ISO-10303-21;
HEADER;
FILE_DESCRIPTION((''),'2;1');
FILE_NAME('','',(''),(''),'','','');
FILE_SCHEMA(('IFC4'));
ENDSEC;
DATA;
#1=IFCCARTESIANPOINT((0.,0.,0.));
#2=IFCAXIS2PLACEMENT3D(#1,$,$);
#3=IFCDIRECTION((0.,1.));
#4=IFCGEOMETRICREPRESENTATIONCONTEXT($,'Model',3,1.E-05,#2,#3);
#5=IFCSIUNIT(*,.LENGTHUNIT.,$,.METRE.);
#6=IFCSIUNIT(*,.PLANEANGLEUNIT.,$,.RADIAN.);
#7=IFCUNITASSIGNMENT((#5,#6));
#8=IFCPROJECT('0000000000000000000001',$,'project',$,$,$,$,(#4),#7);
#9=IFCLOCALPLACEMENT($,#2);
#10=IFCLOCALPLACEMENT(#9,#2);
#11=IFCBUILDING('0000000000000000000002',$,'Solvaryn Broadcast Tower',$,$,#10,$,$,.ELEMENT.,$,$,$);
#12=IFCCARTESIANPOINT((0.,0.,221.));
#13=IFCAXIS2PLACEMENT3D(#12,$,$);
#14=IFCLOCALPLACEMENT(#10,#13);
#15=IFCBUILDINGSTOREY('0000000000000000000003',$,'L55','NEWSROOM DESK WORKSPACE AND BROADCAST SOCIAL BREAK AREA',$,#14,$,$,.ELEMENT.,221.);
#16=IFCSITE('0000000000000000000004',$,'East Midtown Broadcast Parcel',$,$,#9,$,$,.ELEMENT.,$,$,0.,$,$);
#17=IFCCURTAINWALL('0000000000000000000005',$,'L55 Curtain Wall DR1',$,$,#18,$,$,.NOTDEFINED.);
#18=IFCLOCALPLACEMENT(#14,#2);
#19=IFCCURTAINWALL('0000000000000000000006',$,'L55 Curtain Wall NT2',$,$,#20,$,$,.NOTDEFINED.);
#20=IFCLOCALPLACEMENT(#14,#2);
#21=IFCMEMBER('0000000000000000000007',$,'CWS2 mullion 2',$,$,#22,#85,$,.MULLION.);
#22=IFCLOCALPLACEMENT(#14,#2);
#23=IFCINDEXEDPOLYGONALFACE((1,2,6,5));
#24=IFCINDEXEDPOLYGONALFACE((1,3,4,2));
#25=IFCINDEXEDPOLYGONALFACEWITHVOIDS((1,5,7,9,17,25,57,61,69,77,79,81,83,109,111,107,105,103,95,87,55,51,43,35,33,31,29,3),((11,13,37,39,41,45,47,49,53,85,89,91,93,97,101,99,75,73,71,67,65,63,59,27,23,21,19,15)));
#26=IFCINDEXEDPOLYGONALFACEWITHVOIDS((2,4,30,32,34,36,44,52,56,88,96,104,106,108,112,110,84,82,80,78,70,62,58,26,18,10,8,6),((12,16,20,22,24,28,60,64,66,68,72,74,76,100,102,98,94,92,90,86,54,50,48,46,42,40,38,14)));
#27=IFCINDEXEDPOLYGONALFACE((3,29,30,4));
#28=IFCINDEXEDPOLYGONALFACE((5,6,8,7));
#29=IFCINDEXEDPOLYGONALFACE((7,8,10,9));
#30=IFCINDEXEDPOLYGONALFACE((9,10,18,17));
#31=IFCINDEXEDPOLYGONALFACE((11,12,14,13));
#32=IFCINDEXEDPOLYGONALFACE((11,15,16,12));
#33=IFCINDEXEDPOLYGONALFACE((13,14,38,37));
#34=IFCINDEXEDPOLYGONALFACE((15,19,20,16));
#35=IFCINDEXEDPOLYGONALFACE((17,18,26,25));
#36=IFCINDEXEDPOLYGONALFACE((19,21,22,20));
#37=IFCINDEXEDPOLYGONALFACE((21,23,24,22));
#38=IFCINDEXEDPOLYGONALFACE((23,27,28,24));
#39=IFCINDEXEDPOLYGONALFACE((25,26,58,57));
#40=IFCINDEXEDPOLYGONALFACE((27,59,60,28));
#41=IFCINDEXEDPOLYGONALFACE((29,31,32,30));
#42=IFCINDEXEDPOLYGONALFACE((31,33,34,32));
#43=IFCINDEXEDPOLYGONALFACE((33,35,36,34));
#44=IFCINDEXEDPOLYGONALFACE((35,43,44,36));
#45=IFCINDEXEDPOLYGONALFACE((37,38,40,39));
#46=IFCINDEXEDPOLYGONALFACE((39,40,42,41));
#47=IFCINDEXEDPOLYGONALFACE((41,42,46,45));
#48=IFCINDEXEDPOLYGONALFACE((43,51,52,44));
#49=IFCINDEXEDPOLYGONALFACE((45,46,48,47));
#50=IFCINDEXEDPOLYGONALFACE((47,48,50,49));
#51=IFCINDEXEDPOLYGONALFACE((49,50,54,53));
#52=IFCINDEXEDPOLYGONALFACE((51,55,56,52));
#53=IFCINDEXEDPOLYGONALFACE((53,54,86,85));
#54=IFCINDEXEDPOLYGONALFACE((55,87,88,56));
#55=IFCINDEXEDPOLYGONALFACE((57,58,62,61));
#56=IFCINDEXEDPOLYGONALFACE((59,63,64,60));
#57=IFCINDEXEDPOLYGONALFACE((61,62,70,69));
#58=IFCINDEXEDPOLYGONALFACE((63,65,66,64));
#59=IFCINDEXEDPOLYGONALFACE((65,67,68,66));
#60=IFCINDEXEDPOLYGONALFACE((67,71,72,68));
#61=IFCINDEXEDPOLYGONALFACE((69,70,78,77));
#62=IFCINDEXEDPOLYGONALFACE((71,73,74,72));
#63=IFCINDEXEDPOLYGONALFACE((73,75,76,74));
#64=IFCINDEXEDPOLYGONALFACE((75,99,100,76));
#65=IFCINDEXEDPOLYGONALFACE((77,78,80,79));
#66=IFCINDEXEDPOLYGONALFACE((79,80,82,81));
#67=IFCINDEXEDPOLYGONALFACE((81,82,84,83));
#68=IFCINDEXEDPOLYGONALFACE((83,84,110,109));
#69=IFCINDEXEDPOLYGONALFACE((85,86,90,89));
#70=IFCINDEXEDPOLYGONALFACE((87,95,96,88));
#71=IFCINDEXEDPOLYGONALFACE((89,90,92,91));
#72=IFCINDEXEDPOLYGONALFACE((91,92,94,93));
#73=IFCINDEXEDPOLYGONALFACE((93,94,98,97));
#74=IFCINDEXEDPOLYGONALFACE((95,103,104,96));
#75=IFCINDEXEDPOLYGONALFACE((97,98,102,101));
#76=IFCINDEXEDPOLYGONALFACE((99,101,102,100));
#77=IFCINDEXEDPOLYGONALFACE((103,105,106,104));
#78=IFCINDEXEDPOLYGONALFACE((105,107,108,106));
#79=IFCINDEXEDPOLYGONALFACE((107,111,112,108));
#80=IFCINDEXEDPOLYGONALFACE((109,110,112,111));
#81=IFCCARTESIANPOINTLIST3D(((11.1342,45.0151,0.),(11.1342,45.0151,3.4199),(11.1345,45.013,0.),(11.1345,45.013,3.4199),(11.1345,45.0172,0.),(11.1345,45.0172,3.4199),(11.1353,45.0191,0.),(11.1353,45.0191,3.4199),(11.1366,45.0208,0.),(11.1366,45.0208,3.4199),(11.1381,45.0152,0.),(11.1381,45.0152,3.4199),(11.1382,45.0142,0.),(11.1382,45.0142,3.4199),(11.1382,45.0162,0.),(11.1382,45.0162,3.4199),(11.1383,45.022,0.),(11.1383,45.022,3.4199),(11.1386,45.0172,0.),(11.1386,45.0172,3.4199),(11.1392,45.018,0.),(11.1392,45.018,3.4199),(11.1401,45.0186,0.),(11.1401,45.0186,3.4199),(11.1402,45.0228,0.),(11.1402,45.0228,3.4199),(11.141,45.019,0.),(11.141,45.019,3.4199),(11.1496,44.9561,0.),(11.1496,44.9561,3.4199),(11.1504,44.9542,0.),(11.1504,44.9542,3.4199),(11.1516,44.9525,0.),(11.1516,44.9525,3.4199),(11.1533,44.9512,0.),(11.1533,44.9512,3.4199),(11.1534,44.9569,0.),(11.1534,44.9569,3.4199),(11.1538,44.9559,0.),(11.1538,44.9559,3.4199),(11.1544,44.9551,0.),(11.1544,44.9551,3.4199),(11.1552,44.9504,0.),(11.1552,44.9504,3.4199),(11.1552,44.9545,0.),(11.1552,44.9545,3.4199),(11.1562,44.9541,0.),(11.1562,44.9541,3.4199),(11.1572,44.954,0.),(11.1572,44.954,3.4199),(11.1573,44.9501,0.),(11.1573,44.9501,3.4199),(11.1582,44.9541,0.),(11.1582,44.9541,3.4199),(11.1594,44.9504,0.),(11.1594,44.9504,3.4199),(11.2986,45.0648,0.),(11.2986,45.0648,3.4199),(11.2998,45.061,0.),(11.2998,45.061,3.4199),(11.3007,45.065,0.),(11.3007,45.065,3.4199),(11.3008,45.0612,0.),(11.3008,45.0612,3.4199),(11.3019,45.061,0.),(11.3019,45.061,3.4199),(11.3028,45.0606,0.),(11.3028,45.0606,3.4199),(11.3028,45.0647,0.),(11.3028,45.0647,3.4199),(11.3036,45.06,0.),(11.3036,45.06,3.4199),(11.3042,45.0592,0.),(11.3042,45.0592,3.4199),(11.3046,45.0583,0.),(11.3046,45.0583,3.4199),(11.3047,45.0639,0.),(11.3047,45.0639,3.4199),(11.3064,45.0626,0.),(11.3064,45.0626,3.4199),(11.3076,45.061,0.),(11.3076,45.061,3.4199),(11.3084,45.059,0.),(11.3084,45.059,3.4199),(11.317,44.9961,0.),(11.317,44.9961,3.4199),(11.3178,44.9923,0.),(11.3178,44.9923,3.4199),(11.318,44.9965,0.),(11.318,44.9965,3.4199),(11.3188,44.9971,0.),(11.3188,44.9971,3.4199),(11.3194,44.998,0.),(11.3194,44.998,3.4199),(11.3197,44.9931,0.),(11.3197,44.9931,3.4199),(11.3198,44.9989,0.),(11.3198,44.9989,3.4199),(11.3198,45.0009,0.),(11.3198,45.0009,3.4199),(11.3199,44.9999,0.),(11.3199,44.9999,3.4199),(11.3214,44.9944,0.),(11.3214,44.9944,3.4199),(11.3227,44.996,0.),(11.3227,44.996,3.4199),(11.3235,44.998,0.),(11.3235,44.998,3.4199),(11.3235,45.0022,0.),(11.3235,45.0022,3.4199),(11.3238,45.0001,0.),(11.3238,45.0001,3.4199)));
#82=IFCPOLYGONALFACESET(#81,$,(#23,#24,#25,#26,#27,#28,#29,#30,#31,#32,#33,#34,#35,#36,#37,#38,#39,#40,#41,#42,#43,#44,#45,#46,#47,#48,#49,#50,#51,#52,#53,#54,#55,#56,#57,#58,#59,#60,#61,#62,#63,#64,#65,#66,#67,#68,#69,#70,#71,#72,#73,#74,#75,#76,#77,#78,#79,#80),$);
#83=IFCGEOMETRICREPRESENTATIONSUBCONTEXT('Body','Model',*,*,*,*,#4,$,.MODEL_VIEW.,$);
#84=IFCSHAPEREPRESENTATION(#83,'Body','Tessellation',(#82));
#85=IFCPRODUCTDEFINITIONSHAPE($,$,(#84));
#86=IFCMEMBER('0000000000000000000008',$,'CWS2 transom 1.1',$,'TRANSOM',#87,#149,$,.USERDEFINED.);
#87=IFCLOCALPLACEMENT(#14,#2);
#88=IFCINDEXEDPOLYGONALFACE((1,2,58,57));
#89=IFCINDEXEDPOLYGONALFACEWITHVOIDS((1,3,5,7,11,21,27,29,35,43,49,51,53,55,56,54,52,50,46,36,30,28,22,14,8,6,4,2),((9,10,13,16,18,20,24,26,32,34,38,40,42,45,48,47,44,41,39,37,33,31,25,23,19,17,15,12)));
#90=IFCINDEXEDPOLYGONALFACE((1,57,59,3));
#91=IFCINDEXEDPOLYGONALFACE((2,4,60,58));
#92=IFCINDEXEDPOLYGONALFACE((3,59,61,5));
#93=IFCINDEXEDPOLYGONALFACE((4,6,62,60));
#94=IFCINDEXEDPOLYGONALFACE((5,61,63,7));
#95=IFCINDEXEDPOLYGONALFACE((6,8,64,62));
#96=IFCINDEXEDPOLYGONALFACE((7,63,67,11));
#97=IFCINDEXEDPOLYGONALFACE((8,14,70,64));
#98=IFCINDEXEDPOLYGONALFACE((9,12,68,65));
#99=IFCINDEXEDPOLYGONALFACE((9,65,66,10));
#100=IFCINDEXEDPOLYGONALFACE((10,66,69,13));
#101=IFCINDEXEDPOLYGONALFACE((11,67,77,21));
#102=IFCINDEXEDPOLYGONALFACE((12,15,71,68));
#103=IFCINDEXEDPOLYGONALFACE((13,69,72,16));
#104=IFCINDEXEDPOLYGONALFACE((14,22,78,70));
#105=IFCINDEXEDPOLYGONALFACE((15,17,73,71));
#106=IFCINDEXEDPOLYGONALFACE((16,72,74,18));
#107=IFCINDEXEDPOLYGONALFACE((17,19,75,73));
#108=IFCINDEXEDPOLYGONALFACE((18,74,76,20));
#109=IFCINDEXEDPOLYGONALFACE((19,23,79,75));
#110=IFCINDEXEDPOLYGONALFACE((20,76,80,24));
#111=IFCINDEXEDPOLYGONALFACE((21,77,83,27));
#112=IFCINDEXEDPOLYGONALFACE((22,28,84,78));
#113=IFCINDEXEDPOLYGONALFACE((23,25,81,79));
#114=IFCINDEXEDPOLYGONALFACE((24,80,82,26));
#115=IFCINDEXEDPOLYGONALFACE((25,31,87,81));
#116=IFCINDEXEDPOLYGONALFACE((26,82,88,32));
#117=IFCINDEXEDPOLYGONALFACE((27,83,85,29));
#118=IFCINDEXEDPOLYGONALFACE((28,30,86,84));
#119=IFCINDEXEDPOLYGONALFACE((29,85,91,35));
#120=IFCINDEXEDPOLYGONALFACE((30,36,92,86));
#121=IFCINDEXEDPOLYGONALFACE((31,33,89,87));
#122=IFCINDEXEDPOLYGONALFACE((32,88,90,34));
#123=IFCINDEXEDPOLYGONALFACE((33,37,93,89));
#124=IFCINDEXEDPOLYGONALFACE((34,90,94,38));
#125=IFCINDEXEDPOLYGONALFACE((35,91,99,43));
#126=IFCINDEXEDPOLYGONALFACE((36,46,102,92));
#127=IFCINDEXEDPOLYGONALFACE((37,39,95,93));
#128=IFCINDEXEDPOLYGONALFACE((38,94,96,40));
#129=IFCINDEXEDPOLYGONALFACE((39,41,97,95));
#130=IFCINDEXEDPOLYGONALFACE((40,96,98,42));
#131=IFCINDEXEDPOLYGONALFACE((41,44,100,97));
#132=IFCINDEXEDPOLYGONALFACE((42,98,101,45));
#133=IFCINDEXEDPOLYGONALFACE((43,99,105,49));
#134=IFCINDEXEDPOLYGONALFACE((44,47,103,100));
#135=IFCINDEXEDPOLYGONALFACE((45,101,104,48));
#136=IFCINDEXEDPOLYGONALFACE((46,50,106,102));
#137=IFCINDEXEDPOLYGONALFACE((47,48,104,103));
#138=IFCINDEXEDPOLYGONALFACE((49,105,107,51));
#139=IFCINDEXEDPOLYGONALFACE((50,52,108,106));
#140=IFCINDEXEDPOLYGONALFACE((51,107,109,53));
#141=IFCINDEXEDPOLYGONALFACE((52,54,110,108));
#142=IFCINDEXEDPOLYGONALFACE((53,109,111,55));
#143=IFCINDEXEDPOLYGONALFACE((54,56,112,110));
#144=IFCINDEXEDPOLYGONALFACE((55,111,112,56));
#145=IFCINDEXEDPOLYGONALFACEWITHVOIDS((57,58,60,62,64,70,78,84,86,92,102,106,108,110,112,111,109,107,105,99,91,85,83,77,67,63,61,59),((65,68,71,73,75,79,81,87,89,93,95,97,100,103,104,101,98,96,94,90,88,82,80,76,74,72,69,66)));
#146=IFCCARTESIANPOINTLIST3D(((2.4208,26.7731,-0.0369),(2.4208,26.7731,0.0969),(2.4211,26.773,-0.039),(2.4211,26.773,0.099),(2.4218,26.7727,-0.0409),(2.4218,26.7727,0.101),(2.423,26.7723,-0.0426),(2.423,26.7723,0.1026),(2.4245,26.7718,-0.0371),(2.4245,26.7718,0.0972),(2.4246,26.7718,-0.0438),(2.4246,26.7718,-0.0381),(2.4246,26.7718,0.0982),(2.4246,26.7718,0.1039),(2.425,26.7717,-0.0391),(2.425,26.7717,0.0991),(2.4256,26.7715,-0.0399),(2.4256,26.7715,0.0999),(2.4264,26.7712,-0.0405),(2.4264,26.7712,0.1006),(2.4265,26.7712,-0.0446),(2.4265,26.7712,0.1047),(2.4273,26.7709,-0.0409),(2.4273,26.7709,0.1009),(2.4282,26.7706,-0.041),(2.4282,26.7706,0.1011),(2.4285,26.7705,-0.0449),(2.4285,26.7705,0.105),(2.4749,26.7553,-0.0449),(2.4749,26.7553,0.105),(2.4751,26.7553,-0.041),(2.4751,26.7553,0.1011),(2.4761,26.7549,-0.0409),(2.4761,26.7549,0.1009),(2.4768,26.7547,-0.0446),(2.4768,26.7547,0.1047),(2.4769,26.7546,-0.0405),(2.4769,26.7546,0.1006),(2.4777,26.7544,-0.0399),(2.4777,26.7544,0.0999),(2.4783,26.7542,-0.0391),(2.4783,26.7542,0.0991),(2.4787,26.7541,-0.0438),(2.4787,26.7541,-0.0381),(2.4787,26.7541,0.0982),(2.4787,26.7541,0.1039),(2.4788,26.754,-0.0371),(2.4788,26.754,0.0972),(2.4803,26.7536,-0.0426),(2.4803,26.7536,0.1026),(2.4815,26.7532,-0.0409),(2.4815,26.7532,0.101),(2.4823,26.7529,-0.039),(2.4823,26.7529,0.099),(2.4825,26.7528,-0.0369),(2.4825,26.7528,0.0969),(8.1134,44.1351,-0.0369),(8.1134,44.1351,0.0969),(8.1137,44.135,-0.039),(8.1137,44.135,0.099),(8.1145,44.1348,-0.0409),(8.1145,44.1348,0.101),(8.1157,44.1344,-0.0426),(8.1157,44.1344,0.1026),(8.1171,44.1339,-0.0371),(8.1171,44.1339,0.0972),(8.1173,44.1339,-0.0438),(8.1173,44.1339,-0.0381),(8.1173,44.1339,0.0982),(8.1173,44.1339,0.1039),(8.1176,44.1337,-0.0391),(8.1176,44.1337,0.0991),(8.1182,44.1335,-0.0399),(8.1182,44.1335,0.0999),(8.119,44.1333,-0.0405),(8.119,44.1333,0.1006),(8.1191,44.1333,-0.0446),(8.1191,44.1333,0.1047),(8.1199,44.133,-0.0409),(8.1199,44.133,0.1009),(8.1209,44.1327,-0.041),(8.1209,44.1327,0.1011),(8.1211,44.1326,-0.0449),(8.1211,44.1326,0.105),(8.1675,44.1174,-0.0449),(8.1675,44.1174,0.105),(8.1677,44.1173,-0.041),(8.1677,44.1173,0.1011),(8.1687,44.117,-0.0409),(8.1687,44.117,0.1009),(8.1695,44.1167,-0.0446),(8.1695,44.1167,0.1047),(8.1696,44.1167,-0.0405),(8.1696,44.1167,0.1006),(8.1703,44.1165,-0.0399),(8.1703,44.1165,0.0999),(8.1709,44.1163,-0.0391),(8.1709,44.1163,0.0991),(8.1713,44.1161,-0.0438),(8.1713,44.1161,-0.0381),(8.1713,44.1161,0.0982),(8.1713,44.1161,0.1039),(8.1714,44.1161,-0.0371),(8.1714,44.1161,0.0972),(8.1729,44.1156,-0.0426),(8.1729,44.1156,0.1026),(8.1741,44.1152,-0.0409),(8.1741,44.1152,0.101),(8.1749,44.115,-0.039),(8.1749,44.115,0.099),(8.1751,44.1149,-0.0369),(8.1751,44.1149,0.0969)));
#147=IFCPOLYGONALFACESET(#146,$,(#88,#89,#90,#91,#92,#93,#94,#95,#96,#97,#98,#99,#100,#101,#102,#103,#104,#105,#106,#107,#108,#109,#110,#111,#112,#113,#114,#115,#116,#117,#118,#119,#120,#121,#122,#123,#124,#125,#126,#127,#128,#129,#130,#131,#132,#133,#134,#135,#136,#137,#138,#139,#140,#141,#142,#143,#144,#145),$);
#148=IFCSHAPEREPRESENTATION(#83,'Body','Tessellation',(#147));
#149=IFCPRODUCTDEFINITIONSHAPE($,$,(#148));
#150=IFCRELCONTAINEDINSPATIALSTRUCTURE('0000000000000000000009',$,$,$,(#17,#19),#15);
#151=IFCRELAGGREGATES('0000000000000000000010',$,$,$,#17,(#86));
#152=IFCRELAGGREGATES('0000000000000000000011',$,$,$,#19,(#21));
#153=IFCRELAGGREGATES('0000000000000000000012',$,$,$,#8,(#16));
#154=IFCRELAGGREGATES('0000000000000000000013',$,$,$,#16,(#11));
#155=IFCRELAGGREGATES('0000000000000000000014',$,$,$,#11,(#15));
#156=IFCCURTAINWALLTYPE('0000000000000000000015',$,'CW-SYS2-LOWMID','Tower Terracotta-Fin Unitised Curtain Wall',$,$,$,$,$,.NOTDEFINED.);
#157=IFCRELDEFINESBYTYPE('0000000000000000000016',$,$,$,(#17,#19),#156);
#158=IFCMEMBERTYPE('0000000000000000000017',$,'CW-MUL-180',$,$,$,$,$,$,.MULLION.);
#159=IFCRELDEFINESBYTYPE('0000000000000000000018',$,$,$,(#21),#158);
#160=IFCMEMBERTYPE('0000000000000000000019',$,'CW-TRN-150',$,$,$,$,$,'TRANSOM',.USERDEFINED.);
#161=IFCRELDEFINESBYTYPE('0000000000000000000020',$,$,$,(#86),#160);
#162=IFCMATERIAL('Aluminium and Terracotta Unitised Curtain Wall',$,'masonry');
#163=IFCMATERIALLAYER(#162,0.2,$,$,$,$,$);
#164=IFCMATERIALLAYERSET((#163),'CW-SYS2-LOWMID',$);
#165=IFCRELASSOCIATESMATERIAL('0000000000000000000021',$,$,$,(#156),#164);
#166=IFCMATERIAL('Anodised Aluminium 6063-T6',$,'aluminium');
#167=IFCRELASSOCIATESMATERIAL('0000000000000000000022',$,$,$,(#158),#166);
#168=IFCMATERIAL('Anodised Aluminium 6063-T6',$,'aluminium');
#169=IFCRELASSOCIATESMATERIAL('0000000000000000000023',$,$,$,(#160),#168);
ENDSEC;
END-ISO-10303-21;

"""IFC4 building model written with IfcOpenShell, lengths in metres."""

from ifc_helpers import new_model, si_unit, direction, frame, origin, origin_2d, place, context, subcontext, project, spatial, hollow_rectangle, extrude, material, layer, layer_set, material_profile, profile_set, type_object, element, aggregate, save


model = new_model("IFC4")

# Units and contexts
model_context = context("Model", 3, precision=1e-05, world=origin(), true_north=direction((0.0, 1.0)))
body_context = subcontext(model_context, "Body", "Model", "MODEL_VIEW")
ifc_project = project(units=[si_unit("LENGTHUNIT", "METRE"), si_unit("PLANEANGLEUNIT", "RADIAN")], contexts=[model_context])

# Site, building, storey
site_placement = place(None, origin())
site = spatial("IfcSite", under=ifc_project, at=site_placement, Name="East Midtown Broadcast Parcel", CompositionType="ELEMENT", RefElevation=0.0)
building_placement = place(site_placement, origin())
building = spatial("IfcBuilding", under=site, at=building_placement, Name="Solvaryn Broadcast Tower", CompositionType="ELEMENT")
storey_placement = place(building_placement, frame((0.0, 0.0, 221.0)))
storey = spatial("IfcBuildingStorey", under=building, at=storey_placement, Name="L55", Description="NEWSROOM DESK WORKSPACE AND BROADCAST SOCIAL BREAK AREA", CompositionType="ELEMENT", Elevation=221.0)

# Curtain walls, member
ifc_material_1 = material(Name="Aluminium and Terracotta Unitised Curtain Wall", Category="masonry")
ifc_layer_1 = layer(ifc_material_1, 0.2)
ifc_layer_set_1 = layer_set([ifc_layer_1], Name="CW-SYS2-LOWMID")
curtain_wall_type = type_object("IfcCurtainWallType", Name="CW-SYS2-LOWMID", Description="Tower Terracotta-Fin Unitised Curtain Wall", PredefinedType="NOTDEFINED", material=ifc_layer_set_1)
curtain_wall_1_placement = place(storey_placement, origin())
curtain_wall_1 = element("IfcCurtainWall", 1, at=curtain_wall_1_placement, inside=storey, type_object=curtain_wall_type, Name="L55 Curtain Wall DR1", PredefinedType="NOTDEFINED")
ifc_material_2 = material(Name="Anodised Aluminium 6063-T6", Category="aluminium")
ifc_material_profile_1 = material_profile(ifc_material_2, hollow_rectangle(XDim=0.075, YDim=0.1799, WallThickness=0.0039, InnerFilletRadius=0.0039, OuterFilletRadius=0.0081, at=origin_2d()))
ifc_profile_set_1 = profile_set([ifc_material_profile_1], Name="Anodised Aluminium 6063-T6")
member_type_1 = type_object("IfcMemberType", Name="CW-MUL-180", PredefinedType="MULLION", material=ifc_profile_set_1)
curtain_wall_2_placement = place(storey_placement, origin())
curtain_wall_2 = element("IfcCurtainWall", 2, at=curtain_wall_2_placement, inside=storey, type_object=curtain_wall_type, Name="L55 Curtain Wall NT2", PredefinedType="NOTDEFINED")
member_1_placement = place(storey_placement, frame((11.229, 45.0076, 0.0), z_axis=(0.0, 0.0, 1.0), x_axis=(0.255893, -0.966705, 0.0)))
member_1 = element("IfcMember", 3, at=member_1_placement, type_object=member_type_1, Name="CWS2 mullion 2", PredefinedType="MULLION", context=body_context, shape_type="SweptSolid", body=[
    extrude(hollow_rectangle(XDim=0.075, YDim=0.1799, WallThickness=0.0039, InnerFilletRadius=0.0039, OuterFilletRadius=0.0081, at=origin_2d()), origin(), (0.0, 0.0, 1.0), 3.4199),
])

# Member
ifc_material_3 = material(Name="Anodised Aluminium 6063-T6", Category="aluminium")
ifc_material_profile_2 = material_profile(ifc_material_3, hollow_rectangle(XDim=0.0649, YDim=0.1499, WallThickness=0.0039, InnerFilletRadius=0.0039, OuterFilletRadius=0.0081, at=origin_2d()))
ifc_profile_set_2 = profile_set([ifc_material_profile_2], Name="Anodised Aluminium 6063-T6")
member_type_2 = type_object("IfcMemberType", Name="CW-TRN-150", ElementType="TRANSOM", PredefinedType="USERDEFINED", material=ifc_profile_set_2)
member_2_placement = place(storey_placement, frame((8.1443, 44.125, 0.03), z_axis=(-0.311558, -0.950227, 0.0), x_axis=(0.950227, -0.311558, 0.0)))
member_2 = element("IfcMember", 4, at=member_2_placement, type_object=member_type_2, Name="CWS2 transom 1.1", ObjectType="TRANSOM", PredefinedType="USERDEFINED", context=body_context, shape_type="SweptSolid", body=[
    extrude(hollow_rectangle(XDim=0.0649, YDim=0.1499, WallThickness=0.0039, InnerFilletRadius=0.0039, OuterFilletRadius=0.0081, at=origin_2d()), origin(), (0.0, 0.0, 1.0), 18.2715),
])
aggregate(curtain_wall_1, [member_2])

aggregate(curtain_wall_2, [member_1])

save(model, "model.ifc")
